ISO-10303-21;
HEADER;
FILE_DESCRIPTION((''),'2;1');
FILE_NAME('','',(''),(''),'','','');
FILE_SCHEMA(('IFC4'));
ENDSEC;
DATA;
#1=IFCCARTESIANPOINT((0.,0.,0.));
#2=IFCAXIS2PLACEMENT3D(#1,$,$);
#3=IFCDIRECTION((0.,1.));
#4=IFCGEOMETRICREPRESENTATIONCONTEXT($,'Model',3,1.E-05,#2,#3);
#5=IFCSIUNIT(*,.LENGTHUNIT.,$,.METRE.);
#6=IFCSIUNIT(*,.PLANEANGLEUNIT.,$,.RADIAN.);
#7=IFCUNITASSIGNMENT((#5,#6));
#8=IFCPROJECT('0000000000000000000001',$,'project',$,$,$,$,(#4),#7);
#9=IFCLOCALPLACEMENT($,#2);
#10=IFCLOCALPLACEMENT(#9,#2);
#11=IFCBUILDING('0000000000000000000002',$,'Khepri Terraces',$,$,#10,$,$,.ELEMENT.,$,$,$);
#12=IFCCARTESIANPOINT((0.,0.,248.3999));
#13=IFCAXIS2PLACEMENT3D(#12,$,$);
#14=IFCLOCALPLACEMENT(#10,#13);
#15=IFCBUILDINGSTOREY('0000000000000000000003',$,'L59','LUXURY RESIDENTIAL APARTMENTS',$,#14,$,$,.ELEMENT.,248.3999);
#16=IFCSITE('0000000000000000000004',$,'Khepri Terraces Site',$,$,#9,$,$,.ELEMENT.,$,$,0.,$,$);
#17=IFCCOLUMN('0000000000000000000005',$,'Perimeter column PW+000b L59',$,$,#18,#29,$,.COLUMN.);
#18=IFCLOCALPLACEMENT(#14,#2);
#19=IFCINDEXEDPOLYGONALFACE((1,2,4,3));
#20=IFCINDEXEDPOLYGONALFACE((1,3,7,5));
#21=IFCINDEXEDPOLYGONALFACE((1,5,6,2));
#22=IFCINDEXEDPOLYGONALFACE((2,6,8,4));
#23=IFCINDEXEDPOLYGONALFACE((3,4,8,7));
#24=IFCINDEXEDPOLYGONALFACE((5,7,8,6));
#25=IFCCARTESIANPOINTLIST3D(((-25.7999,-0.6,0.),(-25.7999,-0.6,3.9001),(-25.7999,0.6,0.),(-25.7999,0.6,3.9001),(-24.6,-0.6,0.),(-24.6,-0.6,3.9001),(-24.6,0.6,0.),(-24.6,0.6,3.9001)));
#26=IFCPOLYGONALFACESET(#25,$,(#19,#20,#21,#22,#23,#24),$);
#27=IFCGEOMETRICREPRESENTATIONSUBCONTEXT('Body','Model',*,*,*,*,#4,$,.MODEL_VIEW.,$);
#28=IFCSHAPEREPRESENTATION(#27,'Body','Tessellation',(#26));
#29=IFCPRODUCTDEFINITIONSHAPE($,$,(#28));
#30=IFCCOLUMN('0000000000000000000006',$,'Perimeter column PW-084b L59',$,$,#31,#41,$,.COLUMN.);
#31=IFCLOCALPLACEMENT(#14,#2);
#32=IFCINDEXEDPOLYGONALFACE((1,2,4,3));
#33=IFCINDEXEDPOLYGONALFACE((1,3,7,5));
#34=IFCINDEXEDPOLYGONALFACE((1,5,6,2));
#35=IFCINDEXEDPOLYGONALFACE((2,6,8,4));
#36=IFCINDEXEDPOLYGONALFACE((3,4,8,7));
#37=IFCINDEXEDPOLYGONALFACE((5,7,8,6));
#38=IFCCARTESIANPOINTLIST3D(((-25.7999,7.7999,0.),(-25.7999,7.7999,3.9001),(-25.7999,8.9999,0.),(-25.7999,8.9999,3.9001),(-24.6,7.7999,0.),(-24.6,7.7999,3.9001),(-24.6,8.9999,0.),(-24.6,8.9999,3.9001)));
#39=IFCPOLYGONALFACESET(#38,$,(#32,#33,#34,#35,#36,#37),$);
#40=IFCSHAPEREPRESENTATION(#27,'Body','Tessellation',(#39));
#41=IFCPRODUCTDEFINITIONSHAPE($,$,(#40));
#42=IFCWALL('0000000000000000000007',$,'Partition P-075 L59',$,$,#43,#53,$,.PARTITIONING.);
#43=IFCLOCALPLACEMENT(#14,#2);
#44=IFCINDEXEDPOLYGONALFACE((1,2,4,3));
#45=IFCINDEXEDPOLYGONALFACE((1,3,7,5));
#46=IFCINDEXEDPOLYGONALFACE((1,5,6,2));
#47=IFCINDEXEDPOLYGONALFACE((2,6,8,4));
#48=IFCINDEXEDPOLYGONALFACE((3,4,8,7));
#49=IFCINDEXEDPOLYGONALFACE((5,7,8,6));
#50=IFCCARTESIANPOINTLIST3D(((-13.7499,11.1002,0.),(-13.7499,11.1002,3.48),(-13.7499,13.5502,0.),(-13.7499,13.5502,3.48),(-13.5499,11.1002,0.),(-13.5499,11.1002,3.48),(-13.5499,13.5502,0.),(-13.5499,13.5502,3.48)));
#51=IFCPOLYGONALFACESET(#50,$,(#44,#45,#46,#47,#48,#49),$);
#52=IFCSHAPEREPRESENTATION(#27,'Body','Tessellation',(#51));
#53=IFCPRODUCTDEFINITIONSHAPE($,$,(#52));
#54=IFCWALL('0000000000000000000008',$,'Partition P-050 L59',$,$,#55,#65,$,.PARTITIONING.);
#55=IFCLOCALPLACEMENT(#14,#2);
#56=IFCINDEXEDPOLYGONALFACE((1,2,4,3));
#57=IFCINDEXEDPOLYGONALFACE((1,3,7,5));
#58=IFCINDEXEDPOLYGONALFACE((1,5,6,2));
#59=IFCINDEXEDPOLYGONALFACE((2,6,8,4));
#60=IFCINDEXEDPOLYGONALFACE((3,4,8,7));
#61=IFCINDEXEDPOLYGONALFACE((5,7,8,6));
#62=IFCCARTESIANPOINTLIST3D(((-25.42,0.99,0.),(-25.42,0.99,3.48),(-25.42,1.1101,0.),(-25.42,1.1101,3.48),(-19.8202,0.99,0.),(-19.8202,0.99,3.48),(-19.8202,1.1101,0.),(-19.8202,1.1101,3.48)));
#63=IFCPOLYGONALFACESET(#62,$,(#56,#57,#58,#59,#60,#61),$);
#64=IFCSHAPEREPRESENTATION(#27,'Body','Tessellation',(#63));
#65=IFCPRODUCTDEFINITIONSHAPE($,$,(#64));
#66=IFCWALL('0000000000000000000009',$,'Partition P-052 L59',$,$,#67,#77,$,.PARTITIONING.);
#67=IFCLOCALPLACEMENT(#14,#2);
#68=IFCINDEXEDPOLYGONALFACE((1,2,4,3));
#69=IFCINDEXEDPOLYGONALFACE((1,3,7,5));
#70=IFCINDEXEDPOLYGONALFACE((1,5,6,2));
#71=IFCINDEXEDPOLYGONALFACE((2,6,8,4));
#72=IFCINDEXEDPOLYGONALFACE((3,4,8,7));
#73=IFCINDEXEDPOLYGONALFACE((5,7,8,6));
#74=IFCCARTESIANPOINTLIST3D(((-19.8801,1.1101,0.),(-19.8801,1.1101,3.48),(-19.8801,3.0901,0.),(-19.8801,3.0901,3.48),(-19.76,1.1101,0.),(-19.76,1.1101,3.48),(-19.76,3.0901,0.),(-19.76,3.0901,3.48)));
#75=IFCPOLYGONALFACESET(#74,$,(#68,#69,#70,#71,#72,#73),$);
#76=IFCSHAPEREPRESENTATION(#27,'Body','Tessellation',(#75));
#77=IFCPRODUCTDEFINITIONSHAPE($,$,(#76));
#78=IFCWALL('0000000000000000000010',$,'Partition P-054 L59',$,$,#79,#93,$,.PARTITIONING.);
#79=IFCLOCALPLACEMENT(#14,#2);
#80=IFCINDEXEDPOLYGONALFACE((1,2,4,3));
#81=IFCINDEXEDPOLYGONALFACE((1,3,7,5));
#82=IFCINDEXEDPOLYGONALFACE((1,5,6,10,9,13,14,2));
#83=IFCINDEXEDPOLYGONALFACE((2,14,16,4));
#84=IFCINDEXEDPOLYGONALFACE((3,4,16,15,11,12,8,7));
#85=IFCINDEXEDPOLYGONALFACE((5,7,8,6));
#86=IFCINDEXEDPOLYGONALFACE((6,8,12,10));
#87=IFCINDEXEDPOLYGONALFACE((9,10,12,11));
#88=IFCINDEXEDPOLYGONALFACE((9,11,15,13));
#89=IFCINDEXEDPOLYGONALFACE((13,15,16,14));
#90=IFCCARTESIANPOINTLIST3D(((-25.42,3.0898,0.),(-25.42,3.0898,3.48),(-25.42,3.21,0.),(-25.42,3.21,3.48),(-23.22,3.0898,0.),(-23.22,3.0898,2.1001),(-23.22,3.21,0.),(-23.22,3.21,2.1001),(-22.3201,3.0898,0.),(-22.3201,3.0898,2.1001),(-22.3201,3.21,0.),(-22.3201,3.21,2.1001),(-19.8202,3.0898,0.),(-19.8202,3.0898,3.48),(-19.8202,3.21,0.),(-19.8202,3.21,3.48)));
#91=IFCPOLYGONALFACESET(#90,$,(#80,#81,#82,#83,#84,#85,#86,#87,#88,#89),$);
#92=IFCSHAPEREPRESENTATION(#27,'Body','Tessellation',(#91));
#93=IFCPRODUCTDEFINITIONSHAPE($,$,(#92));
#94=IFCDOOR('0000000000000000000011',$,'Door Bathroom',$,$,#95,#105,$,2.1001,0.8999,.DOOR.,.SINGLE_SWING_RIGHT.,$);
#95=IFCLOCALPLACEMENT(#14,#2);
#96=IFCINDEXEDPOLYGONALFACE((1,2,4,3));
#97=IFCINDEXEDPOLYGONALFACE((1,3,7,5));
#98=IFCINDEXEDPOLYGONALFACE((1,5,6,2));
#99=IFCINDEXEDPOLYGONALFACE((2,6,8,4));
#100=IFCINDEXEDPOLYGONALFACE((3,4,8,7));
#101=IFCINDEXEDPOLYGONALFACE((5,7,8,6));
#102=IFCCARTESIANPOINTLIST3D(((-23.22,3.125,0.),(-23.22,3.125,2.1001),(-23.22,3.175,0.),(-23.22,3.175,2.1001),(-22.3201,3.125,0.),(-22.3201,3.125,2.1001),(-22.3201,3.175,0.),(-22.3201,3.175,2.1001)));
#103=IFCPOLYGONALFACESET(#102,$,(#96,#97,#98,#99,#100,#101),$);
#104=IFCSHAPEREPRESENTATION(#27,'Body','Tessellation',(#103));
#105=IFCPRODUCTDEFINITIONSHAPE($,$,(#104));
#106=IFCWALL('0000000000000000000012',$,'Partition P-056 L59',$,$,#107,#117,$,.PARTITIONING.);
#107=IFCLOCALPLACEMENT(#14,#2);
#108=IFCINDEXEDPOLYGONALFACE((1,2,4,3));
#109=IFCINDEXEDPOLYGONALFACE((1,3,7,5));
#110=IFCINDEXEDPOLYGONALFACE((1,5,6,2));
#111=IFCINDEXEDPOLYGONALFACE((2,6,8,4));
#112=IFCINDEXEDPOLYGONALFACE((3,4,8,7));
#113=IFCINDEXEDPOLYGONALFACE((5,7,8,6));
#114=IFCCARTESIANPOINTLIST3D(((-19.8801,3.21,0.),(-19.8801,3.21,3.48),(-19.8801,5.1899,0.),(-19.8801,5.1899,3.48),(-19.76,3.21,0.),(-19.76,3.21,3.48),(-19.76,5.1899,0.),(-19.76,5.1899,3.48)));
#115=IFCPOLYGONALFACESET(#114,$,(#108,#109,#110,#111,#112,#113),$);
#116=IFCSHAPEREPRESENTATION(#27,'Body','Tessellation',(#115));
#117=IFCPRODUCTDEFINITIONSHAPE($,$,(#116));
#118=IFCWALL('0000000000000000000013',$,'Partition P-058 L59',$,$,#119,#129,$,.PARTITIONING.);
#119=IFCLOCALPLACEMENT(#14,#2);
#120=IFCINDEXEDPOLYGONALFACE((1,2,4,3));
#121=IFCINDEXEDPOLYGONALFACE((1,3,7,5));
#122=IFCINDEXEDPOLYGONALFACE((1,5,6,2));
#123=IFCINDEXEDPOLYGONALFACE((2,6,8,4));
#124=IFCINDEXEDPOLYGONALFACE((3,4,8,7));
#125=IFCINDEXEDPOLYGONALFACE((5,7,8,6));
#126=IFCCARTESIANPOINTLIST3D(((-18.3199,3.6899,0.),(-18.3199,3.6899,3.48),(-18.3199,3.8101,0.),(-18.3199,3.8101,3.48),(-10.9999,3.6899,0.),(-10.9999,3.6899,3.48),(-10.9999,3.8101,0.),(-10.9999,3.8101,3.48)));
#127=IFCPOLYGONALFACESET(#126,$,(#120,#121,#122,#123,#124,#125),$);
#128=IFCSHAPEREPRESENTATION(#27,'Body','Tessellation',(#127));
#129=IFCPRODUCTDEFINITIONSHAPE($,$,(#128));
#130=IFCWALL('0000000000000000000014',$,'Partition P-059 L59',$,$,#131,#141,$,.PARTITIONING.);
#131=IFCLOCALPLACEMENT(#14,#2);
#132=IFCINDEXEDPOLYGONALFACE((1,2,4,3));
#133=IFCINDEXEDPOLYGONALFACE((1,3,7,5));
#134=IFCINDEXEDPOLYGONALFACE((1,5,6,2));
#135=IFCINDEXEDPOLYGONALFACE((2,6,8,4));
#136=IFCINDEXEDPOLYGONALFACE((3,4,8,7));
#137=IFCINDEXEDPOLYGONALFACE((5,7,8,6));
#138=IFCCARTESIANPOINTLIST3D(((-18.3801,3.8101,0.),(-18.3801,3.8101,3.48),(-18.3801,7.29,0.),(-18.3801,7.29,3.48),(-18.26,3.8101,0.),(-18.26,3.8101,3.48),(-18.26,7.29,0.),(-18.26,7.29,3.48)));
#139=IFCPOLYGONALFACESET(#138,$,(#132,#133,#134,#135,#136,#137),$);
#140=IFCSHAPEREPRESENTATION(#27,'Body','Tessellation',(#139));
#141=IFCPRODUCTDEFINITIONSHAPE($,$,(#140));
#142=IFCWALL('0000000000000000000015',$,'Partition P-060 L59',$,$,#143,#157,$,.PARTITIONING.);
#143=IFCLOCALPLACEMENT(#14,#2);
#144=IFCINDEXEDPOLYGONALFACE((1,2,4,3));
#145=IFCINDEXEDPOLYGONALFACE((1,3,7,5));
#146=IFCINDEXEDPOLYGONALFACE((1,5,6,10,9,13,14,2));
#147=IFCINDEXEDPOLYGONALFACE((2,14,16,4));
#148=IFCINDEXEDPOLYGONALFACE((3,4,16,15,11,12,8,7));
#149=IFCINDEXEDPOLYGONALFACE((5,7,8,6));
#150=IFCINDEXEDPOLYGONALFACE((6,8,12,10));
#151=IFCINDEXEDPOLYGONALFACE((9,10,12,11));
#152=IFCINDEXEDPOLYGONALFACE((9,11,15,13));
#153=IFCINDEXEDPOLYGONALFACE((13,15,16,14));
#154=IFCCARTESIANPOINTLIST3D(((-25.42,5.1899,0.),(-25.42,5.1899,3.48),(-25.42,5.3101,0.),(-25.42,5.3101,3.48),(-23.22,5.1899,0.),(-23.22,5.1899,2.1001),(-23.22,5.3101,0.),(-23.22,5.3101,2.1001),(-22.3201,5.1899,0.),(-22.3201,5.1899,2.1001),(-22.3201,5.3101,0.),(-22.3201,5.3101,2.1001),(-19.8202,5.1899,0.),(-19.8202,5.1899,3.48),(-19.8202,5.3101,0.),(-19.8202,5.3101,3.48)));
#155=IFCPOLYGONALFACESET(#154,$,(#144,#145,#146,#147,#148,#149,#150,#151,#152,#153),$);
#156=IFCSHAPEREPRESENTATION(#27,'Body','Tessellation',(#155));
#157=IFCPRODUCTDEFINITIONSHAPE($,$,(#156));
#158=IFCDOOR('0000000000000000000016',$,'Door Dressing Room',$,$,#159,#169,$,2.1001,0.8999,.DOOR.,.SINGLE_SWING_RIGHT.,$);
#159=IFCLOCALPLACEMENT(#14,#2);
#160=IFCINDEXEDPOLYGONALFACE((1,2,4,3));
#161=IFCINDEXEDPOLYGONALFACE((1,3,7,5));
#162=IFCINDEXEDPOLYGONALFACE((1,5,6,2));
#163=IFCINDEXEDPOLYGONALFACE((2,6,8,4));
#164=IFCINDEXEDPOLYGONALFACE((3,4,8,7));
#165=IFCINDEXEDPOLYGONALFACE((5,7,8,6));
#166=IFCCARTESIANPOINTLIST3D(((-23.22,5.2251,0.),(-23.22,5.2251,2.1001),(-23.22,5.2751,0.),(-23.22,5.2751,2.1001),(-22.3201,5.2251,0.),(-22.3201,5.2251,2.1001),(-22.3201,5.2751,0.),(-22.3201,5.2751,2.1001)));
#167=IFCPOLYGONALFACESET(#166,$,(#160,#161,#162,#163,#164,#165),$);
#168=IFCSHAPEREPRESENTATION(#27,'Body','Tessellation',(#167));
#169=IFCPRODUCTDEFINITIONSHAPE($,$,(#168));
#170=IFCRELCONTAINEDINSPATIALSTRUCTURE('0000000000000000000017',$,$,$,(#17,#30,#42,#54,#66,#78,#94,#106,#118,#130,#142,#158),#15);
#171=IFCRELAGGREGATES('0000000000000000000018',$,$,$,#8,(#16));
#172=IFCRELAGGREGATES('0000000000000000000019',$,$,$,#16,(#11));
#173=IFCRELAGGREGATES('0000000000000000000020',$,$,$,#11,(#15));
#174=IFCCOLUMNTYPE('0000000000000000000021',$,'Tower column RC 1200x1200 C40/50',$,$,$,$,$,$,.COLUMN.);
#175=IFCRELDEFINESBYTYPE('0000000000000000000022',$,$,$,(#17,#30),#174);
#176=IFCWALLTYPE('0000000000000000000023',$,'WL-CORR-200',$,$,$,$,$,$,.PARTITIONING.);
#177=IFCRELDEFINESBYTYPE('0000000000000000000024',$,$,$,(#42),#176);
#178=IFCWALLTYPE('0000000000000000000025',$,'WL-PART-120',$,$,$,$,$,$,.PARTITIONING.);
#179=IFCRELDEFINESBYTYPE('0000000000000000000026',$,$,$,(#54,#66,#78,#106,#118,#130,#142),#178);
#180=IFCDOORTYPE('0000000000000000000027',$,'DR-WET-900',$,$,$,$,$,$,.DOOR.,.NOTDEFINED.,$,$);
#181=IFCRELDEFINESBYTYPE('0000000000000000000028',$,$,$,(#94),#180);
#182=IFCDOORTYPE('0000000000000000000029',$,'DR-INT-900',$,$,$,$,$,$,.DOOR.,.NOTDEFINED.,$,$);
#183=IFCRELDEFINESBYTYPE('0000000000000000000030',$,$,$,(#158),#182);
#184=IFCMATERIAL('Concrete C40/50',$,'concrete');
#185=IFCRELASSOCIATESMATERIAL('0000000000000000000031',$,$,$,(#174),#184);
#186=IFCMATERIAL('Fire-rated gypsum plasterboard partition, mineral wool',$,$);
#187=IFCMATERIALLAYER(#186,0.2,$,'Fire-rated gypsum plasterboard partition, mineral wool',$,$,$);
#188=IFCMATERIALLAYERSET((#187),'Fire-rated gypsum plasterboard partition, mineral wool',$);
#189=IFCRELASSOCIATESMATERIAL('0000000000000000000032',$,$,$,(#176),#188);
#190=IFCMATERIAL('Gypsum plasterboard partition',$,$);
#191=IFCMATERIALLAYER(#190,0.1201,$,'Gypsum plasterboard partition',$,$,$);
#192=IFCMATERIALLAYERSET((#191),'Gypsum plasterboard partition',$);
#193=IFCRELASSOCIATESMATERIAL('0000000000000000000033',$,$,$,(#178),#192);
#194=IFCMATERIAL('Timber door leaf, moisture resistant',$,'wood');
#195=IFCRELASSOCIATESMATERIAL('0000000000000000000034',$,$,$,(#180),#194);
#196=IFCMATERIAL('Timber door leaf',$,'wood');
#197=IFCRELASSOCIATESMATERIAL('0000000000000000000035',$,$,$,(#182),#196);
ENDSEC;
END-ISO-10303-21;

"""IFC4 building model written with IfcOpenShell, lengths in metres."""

from ifc_helpers import new_model, si_unit, direction, frame, frame_2d, origin, origin_2d, place, context, subcontext, project, spatial, rectangle, extrude, material, layer, layer_set, material_profile, profile_set, type_object, element, fill, save


model = new_model("IFC4")

# Units and contexts
model_context = context("Model", 3, precision=1e-05, world=origin(), true_north=direction((0.0, 1.0)))
body_context = subcontext(model_context, "Body", "Model", "MODEL_VIEW")
ifc_project = project(units=[si_unit("LENGTHUNIT", "METRE"), si_unit("PLANEANGLEUNIT", "RADIAN")], contexts=[model_context])

# Site, building, storey
site_placement = place(None, origin())
site = spatial("IfcSite", under=ifc_project, at=site_placement, Name="Khepri Terraces Site", CompositionType="ELEMENT", RefElevation=0.0)
building_placement = place(site_placement, origin())
building = spatial("IfcBuilding", under=site, at=building_placement, Name="Khepri Terraces", CompositionType="ELEMENT")
storey_placement = place(building_placement, frame((0.0, 0.0, 248.3999)))
storey = spatial("IfcBuildingStorey", under=building, at=storey_placement, Name="L59", Description="LUXURY RESIDENTIAL APARTMENTS", CompositionType="ELEMENT", Elevation=248.3999)

# Columns
ifc_material_1 = material(Name="Concrete C40/50", Category="concrete")
ifc_material_profile = material_profile(ifc_material_1, rectangle(XDim=1.2, YDim=1.2, at=origin_2d()), Name="Concrete C40/50", Category="concrete")
ifc_profile_set = profile_set([ifc_material_profile], Name="Concrete C40/50")
column_type = type_object("IfcColumnType", Name="Tower column RC 1200x1200 C40/50", PredefinedType="COLUMN", material=ifc_profile_set)
for number, where, z_axis, x_axis, name in (
    (1, (-25.2, 0.0, 0.0), (0.0, 0.0, 1.0), (1.0, 0.0, 0.0), "Perimeter column PW+000b L59"),
    (2, (-25.2, 8.3999, 0.0), (0.0, 0.0, 1.0), (1.0, 0.0, 0.0), "Perimeter column PW-084b L59"),
):
    element("IfcColumn", number, at=place(storey_placement, frame(where, z_axis=z_axis, x_axis=x_axis)), inside=storey, type_object=column_type, Name=name, PredefinedType="COLUMN", context=body_context, shape_type="SweptSolid", body=[
        extrude(rectangle(XDim=1.2, YDim=1.2, at=origin_2d()), origin(), (0.0, 0.0, 1.0), 3.9001),
    ])

# Shared definitions
ifc_material_2 = material(Name="Fire-rated gypsum plasterboard partition, mineral wool")
ifc_layer_1 = layer(ifc_material_2, 0.2, Name="Fire-rated gypsum plasterboard partition, mineral wool")
ifc_layer_set_1 = layer_set([ifc_layer_1], Name="Fire-rated gypsum plasterboard partition, mineral wool")
wall_type_1 = type_object("IfcWallType", Name="WL-CORR-200", PredefinedType="PARTITIONING", material=ifc_layer_set_1)

# Wall
wall_1_placement = place(storey_placement, frame((-13.6499, 11.1001, 0.0), z_axis=(0.0, 0.0, 1.0), x_axis=(0.0, 1.0, 0.0)))
element("IfcWall", 3, at=wall_1_placement, inside=storey, type_object=wall_type_1, Name="Partition P-075 L59", PredefinedType="PARTITIONING", context=body_context, shape_type="SweptSolid", body=[
    extrude(rectangle(XDim=2.45, YDim=0.2, at=frame_2d((1.2251, 0.0))), origin(), (0.0, 0.0, 1.0), 3.48),
])

# Walls
ifc_material_3 = material(Name="Gypsum plasterboard partition")
ifc_layer_2 = layer(ifc_material_3, 0.1201, Name="Gypsum plasterboard partition")
ifc_layer_set_2 = layer_set([ifc_layer_2], Name="Gypsum plasterboard partition")
wall_type_2 = type_object("IfcWallType", Name="WL-PART-120", PredefinedType="PARTITIONING", material=ifc_layer_set_2)
wall_2_placement = place(storey_placement, frame((-25.4199, 1.05, 0.0), z_axis=(0.0, 0.0, 1.0), x_axis=(1.0, 0.0, 0.0)))
element("IfcWall", 4, at=wall_2_placement, inside=storey, type_object=wall_type_2, Name="Partition P-050 L59", PredefinedType="PARTITIONING", context=body_context, shape_type="SweptSolid", body=[
    extrude(rectangle(XDim=5.5999, YDim=0.1201, at=frame_2d((2.7998, 0.0))), origin(), (0.0, 0.0, 1.0), 3.48),
])
wall_3_placement = place(storey_placement, frame((-19.8201, 1.1101, 0.0), z_axis=(0.0, 0.0, 1.0), x_axis=(0.0, 1.0, 0.0)))
element("IfcWall", 5, at=wall_3_placement, inside=storey, type_object=wall_type_2, Name="Partition P-052 L59", PredefinedType="PARTITIONING", context=body_context, shape_type="SweptSolid", body=[
    extrude(rectangle(XDim=1.98, YDim=0.1201, at=frame_2d((0.99, 0.0))), origin(), (0.0, 0.0, 1.0), 3.48),
])

# Wall, opening, door
wall_4_placement = place(storey_placement, frame((-25.4199, 3.1499, 0.0), z_axis=(0.0, 0.0, 1.0), x_axis=(1.0, 0.0, 0.0)))
wall_4 = element("IfcWall", 6, at=wall_4_placement, inside=storey, type_object=wall_type_2, Name="Partition P-054 L59", PredefinedType="PARTITIONING", context=body_context, shape_type="SweptSolid", body=[
    extrude(rectangle(XDim=5.5999, YDim=0.1201, at=frame_2d((2.7998, 0.0))), origin(), (0.0, 0.0, 1.0), 3.48),
])
opening_1_placement = place(wall_4_placement, frame((2.2, 0.0, 0.0)))
opening_1 = element("IfcOpeningElement", 7, at=opening_1_placement, cuts=wall_4, PredefinedType="OPENING", context=body_context, shape_type="SweptSolid", body=[
    extrude(rectangle(XDim=0.8999, YDim=2.1001, at=frame_2d((0.45, 1.05))), frame((0.0, 0.0701, 0.0), z_axis=(0.0, -1.0, 0.0), x_axis=(1.0, 0.0, 0.0)), (0.0, 0.0, 1.0), 0.1401),
])
ifc_material_4 = material(Name="Timber door leaf, moisture resistant", Category="wood")
door_type_1 = type_object("IfcDoorType", Name="DR-WET-900", OperationType="NOTDEFINED", PredefinedType="DOOR", material=ifc_material_4)
door_1_placement = place(opening_1_placement, frame((0.8999, 0.0, 0.0), z_axis=(0.0, 0.0, 1.0), x_axis=(-1.0, 0.0, 0.0)))
door_1 = element("IfcDoor", 8, at=door_1_placement, inside=storey, type_object=door_type_1, Name="Door Bathroom", OperationType="SINGLE_SWING_RIGHT", OverallHeight=2.1001, OverallWidth=0.8999, PredefinedType="DOOR", context=body_context, shape_type="SweptSolid", body=[
    extrude(rectangle(XDim=0.8999, YDim=2.1001, at=frame_2d((0.45, 1.05))), frame((0.0, 0.0249, 0.0), z_axis=(0.0, -1.0, 0.0), x_axis=(1.0, 0.0, 0.0)), (0.0, 0.0, 1.0), 0.05),
])
fill(opening_1, door_1)

# Walls
wall_5_placement = place(storey_placement, frame((-19.8201, 3.21, 0.0), z_axis=(0.0, 0.0, 1.0), x_axis=(0.0, 1.0, 0.0)))
element("IfcWall", 9, at=wall_5_placement, inside=storey, type_object=wall_type_2, Name="Partition P-056 L59", PredefinedType="PARTITIONING", context=body_context, shape_type="SweptSolid", body=[
    extrude(rectangle(XDim=1.98, YDim=0.1201, at=frame_2d((0.99, 0.0))), origin(), (0.0, 0.0, 1.0), 3.48),
])
wall_6_placement = place(storey_placement, frame((-18.3201, 3.75, 0.0), z_axis=(0.0, 0.0, 1.0), x_axis=(1.0, 0.0, 0.0)))
element("IfcWall", 10, at=wall_6_placement, inside=storey, type_object=wall_type_2, Name="Partition P-058 L59", PredefinedType="PARTITIONING", context=body_context, shape_type="SweptSolid", body=[
    extrude(rectangle(XDim=7.3201, YDim=0.1201, at=frame_2d((3.6602, 0.0))), origin(), (0.0, 0.0, 1.0), 3.48),
])
wall_7_placement = place(storey_placement, frame((-18.3201, 3.8101, 0.0), z_axis=(0.0, 0.0, 1.0), x_axis=(0.0, 1.0, 0.0)))
element("IfcWall", 11, at=wall_7_placement, inside=storey, type_object=wall_type_2, Name="Partition P-059 L59", PredefinedType="PARTITIONING", context=body_context, shape_type="SweptSolid", body=[
    extrude(rectangle(XDim=3.48, YDim=0.1201, at=frame_2d((1.74, 0.0))), origin(), (0.0, 0.0, 1.0), 3.48),
])

# Wall, opening, door
wall_8_placement = place(storey_placement, frame((-25.4199, 5.25, 0.0), z_axis=(0.0, 0.0, 1.0), x_axis=(1.0, 0.0, 0.0)))
wall_8 = element("IfcWall", 12, at=wall_8_placement, inside=storey, type_object=wall_type_2, Name="Partition P-060 L59", PredefinedType="PARTITIONING", context=body_context, shape_type="SweptSolid", body=[
    extrude(rectangle(XDim=5.5999, YDim=0.1201, at=frame_2d((2.7998, 0.0))), origin(), (0.0, 0.0, 1.0), 3.48),
])
opening_2_placement = place(wall_8_placement, frame((2.2, 0.0, 0.0)))
opening_2 = element("IfcOpeningElement", 13, at=opening_2_placement, cuts=wall_8, PredefinedType="OPENING", context=body_context, shape_type="SweptSolid", body=[
    extrude(rectangle(XDim=0.8999, YDim=2.1001, at=frame_2d((0.45, 1.05))), frame((0.0, 0.0701, 0.0), z_axis=(0.0, -1.0, 0.0), x_axis=(1.0, 0.0, 0.0)), (0.0, 0.0, 1.0), 0.1401),
])
ifc_material_5 = material(Name="Timber door leaf", Category="wood")
door_type_2 = type_object("IfcDoorType", Name="DR-INT-900", OperationType="NOTDEFINED", PredefinedType="DOOR", material=ifc_material_5)
door_2_placement = place(opening_2_placement, frame((0.8999, 0.0, 0.0), z_axis=(0.0, 0.0, 1.0), x_axis=(-1.0, 0.0, 0.0)))
door_2 = element("IfcDoor", 14, at=door_2_placement, inside=storey, type_object=door_type_2, Name="Door Dressing Room", OperationType="SINGLE_SWING_RIGHT", OverallHeight=2.1001, OverallWidth=0.8999, PredefinedType="DOOR", context=body_context, shape_type="SweptSolid", body=[
    extrude(rectangle(XDim=0.8999, YDim=2.1001, at=frame_2d((0.45, 1.05))), frame((0.0, 0.0249, 0.0), z_axis=(0.0, -1.0, 0.0), x_axis=(1.0, 0.0, 0.0)), (0.0, 0.0, 1.0), 0.05),
])
fill(opening_2, door_2)

save(model, "model.ifc")
